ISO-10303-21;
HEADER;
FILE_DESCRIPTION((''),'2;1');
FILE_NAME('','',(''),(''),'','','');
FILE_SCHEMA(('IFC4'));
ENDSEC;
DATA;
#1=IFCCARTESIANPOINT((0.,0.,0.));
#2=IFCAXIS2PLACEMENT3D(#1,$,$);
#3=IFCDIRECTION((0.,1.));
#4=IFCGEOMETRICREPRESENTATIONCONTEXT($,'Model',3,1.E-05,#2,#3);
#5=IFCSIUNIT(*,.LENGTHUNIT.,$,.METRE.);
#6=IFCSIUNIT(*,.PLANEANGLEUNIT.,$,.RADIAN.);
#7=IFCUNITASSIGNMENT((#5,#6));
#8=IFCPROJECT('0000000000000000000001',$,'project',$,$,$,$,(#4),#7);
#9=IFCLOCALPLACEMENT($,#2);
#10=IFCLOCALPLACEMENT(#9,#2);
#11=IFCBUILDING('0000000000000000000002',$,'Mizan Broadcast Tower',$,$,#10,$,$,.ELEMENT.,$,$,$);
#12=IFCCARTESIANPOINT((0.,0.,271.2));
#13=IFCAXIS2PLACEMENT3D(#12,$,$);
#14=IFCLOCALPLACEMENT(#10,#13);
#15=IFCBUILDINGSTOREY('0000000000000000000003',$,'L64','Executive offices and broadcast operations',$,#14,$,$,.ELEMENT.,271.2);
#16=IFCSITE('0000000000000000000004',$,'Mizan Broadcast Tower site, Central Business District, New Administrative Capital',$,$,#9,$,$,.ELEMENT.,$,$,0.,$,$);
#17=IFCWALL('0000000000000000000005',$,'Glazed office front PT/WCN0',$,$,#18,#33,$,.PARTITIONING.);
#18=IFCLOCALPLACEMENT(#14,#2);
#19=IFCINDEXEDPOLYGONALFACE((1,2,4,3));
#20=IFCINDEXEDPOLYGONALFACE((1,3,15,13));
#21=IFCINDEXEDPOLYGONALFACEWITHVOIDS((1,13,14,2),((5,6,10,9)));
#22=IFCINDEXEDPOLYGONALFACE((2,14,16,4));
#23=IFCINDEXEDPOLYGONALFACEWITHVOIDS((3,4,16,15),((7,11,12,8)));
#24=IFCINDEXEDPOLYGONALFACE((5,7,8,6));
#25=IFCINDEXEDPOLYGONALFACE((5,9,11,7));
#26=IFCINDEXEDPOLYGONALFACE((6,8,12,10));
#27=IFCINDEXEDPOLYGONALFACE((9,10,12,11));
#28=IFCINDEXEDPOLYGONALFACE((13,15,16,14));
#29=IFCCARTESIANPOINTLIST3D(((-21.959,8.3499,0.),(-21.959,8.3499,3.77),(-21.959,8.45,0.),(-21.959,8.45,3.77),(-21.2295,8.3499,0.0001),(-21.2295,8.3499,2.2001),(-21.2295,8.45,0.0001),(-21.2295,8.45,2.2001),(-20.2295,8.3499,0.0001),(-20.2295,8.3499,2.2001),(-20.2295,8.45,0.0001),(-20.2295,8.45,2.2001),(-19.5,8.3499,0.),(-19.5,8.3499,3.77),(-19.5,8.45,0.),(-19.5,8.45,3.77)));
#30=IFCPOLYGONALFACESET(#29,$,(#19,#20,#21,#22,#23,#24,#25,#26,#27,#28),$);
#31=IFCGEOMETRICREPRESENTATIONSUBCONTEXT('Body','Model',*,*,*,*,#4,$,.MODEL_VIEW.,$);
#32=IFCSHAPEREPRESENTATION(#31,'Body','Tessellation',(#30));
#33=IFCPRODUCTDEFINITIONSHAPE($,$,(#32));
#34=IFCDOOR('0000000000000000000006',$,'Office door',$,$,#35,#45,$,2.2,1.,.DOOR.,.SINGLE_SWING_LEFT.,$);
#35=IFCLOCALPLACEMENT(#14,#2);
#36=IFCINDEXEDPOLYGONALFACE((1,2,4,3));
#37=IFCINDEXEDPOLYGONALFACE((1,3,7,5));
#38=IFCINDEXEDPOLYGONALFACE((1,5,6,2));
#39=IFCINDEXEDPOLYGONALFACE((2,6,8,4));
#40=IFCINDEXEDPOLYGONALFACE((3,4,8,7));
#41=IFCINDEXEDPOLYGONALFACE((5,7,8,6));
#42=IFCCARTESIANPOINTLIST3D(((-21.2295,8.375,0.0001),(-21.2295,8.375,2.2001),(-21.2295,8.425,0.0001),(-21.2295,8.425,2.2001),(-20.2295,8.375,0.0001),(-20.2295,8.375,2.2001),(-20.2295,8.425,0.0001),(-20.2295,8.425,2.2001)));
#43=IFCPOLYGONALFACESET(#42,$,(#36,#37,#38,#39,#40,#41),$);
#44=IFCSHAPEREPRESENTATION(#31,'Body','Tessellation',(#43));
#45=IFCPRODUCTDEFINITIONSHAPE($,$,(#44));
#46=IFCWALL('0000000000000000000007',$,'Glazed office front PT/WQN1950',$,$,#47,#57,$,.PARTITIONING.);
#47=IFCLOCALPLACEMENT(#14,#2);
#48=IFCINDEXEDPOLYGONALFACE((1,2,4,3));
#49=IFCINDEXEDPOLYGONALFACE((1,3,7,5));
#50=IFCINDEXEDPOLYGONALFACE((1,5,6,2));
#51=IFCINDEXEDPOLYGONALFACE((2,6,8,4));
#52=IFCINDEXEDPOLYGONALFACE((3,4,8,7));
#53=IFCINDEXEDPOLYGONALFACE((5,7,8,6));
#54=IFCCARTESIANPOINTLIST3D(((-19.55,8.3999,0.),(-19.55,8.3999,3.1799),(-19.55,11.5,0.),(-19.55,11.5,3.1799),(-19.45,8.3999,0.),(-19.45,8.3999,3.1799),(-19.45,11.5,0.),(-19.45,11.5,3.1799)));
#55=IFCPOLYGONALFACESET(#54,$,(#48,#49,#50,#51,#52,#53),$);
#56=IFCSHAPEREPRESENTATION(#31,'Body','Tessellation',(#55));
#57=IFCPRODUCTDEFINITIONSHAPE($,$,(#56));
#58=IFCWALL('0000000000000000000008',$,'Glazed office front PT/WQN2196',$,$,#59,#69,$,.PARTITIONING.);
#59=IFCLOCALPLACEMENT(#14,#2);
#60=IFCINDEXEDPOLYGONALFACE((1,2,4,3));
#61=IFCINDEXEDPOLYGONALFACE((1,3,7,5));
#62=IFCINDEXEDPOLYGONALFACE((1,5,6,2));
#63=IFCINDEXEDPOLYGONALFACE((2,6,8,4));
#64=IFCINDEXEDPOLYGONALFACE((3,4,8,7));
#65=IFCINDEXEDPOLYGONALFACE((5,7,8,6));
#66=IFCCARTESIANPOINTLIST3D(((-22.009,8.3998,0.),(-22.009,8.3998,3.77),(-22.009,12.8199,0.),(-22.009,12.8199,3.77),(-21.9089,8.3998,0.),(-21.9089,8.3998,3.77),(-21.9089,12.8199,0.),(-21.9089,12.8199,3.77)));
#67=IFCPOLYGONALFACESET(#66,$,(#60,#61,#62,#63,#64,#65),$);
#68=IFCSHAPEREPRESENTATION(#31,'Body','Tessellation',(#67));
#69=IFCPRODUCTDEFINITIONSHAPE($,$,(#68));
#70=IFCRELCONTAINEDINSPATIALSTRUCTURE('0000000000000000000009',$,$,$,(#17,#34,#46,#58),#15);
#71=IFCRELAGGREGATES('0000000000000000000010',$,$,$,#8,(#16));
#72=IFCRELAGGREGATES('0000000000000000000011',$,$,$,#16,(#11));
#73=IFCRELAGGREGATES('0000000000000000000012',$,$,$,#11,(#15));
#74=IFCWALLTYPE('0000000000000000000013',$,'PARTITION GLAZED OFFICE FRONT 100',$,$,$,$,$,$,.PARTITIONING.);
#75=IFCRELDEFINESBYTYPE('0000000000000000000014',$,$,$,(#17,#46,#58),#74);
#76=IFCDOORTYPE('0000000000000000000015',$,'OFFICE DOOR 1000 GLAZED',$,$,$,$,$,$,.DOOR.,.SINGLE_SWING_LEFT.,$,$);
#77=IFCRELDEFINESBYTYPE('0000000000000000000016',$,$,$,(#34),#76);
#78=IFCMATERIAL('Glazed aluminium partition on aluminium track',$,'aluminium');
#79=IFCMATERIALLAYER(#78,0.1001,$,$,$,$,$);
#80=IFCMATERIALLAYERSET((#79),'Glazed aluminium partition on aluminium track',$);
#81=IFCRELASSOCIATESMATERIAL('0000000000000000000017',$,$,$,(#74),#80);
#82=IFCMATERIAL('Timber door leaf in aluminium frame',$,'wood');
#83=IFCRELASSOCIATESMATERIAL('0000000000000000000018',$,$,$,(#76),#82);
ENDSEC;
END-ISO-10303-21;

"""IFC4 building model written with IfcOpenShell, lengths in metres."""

from ifc_helpers import new_model, si_unit, direction, frame, frame_2d, origin, place, context, subcontext, project, spatial, rectangle, extrude, material, layer, layer_set, type_object, element, fill, save


model = new_model("IFC4")

# Units and contexts
model_context = context("Model", 3, precision=1e-05, world=origin(), true_north=direction((0.0, 1.0)))
body_context = subcontext(model_context, "Body", "Model", "MODEL_VIEW")
ifc_project = project(units=[si_unit("LENGTHUNIT", "METRE"), si_unit("PLANEANGLEUNIT", "RADIAN")], contexts=[model_context])

# Site, building, storey
site_placement = place(None, origin())
site = spatial("IfcSite", under=ifc_project, at=site_placement, Name="Mizan Broadcast Tower site, Central Business District, New Administrative Capital", CompositionType="ELEMENT", RefElevation=0.0)
building_placement = place(site_placement, origin())
building = spatial("IfcBuilding", under=site, at=building_placement, Name="Mizan Broadcast Tower", CompositionType="ELEMENT")
storey_placement = place(building_placement, frame((0.0, 0.0, 271.2)))
storey = spatial("IfcBuildingStorey", under=building, at=storey_placement, Name="L64", Description="Executive offices and broadcast operations", CompositionType="ELEMENT", Elevation=271.2)

# Wall, opening, door
ifc_material_1 = material(Name="Glazed aluminium partition on aluminium track", Category="aluminium")
ifc_layer_1 = layer(ifc_material_1, 0.1001)
ifc_layer_set_1 = layer_set([ifc_layer_1], Name="Glazed aluminium partition on aluminium track")
wall_type = type_object("IfcWallType", Name="PARTITION GLAZED OFFICE FRONT 100", PredefinedType="PARTITIONING", material=ifc_layer_set_1)
wall_1_placement = place(storey_placement, frame((-19.5, 8.3999, 0.0), z_axis=(0.0, 0.0, 1.0), x_axis=(-1.0, 0.0, 0.0)))
wall_1 = element("IfcWall", 1, at=wall_1_placement, inside=storey, type_object=wall_type, Name="Glazed office front PT/WCN0", PredefinedType="PARTITIONING", context=body_context, shape_type="SweptSolid", body=[
    extrude(rectangle(XDim=2.459, YDim=0.1001, at=frame_2d((1.2295, 0.0))), origin(), (0.0, 0.0, 1.0), 3.77),
])
opening_placement = place(wall_1_placement, frame((0.7295, 0.0, 0.0)))
opening = element("IfcOpeningElement", 2, at=opening_placement, cuts=wall_1, PredefinedType="OPENING", context=body_context, shape_type="SweptSolid", body=[
    extrude(rectangle(XDim=1.0, YDim=2.2, at=frame_2d((0.5, 1.1001))), frame((0.0, 0.0601, 0.0), z_axis=(0.0, -1.0, 0.0), x_axis=(1.0, 0.0, 0.0)), (0.0, 0.0, 1.0), 0.1201),
])
ifc_material_2 = material(Name="Timber door leaf in aluminium frame", Category="wood")
door_type = type_object("IfcDoorType", Name="OFFICE DOOR 1000 GLAZED", OperationType="SINGLE_SWING_LEFT", PredefinedType="DOOR", material=ifc_material_2)
door_placement = place(opening_placement, origin())
door = element("IfcDoor", 3, at=door_placement, inside=storey, type_object=door_type, Name="Office door", OperationType="SINGLE_SWING_LEFT", OverallHeight=2.2, OverallWidth=1.0, PredefinedType="DOOR", context=body_context, shape_type="SweptSolid", body=[
    extrude(rectangle(XDim=1.0, YDim=2.2, at=frame_2d((0.5, 1.1001))), frame((0.0, 0.0249, 0.0), z_axis=(0.0, -1.0, 0.0), x_axis=(1.0, 0.0, 0.0)), (0.0, 0.0, 1.0), 0.05),
])
fill(opening, door)

# Walls
wall_2_placement = place(storey_placement, frame((-19.5, 8.3999, 0.0), z_axis=(0.0, 0.0, 1.0), x_axis=(0.0, 1.0, 0.0)))
element("IfcWall", 4, at=wall_2_placement, inside=storey, type_object=wall_type, Name="Glazed office front PT/WQN1950", PredefinedType="PARTITIONING", context=body_context, shape_type="SweptSolid", body=[
    extrude(rectangle(XDim=3.1001, YDim=0.1001, at=frame_2d((1.55, 0.0))), origin(), (0.0, 0.0, 1.0), 3.1799),
])
wall_3_placement = place(storey_placement, frame((-21.959, 8.3999, 0.0), z_axis=(0.0, 0.0, 1.0), x_axis=(0.0, 1.0, 0.0)))
element("IfcWall", 5, at=wall_3_placement, inside=storey, type_object=wall_type, Name="Glazed office front PT/WQN2196", PredefinedType="PARTITIONING", context=body_context, shape_type="SweptSolid", body=[
    extrude(rectangle(XDim=4.4202, YDim=0.1001, at=frame_2d((2.21, 0.0))), origin(), (0.0, 0.0, 1.0), 3.77),
])

save(model, "model.ifc")
